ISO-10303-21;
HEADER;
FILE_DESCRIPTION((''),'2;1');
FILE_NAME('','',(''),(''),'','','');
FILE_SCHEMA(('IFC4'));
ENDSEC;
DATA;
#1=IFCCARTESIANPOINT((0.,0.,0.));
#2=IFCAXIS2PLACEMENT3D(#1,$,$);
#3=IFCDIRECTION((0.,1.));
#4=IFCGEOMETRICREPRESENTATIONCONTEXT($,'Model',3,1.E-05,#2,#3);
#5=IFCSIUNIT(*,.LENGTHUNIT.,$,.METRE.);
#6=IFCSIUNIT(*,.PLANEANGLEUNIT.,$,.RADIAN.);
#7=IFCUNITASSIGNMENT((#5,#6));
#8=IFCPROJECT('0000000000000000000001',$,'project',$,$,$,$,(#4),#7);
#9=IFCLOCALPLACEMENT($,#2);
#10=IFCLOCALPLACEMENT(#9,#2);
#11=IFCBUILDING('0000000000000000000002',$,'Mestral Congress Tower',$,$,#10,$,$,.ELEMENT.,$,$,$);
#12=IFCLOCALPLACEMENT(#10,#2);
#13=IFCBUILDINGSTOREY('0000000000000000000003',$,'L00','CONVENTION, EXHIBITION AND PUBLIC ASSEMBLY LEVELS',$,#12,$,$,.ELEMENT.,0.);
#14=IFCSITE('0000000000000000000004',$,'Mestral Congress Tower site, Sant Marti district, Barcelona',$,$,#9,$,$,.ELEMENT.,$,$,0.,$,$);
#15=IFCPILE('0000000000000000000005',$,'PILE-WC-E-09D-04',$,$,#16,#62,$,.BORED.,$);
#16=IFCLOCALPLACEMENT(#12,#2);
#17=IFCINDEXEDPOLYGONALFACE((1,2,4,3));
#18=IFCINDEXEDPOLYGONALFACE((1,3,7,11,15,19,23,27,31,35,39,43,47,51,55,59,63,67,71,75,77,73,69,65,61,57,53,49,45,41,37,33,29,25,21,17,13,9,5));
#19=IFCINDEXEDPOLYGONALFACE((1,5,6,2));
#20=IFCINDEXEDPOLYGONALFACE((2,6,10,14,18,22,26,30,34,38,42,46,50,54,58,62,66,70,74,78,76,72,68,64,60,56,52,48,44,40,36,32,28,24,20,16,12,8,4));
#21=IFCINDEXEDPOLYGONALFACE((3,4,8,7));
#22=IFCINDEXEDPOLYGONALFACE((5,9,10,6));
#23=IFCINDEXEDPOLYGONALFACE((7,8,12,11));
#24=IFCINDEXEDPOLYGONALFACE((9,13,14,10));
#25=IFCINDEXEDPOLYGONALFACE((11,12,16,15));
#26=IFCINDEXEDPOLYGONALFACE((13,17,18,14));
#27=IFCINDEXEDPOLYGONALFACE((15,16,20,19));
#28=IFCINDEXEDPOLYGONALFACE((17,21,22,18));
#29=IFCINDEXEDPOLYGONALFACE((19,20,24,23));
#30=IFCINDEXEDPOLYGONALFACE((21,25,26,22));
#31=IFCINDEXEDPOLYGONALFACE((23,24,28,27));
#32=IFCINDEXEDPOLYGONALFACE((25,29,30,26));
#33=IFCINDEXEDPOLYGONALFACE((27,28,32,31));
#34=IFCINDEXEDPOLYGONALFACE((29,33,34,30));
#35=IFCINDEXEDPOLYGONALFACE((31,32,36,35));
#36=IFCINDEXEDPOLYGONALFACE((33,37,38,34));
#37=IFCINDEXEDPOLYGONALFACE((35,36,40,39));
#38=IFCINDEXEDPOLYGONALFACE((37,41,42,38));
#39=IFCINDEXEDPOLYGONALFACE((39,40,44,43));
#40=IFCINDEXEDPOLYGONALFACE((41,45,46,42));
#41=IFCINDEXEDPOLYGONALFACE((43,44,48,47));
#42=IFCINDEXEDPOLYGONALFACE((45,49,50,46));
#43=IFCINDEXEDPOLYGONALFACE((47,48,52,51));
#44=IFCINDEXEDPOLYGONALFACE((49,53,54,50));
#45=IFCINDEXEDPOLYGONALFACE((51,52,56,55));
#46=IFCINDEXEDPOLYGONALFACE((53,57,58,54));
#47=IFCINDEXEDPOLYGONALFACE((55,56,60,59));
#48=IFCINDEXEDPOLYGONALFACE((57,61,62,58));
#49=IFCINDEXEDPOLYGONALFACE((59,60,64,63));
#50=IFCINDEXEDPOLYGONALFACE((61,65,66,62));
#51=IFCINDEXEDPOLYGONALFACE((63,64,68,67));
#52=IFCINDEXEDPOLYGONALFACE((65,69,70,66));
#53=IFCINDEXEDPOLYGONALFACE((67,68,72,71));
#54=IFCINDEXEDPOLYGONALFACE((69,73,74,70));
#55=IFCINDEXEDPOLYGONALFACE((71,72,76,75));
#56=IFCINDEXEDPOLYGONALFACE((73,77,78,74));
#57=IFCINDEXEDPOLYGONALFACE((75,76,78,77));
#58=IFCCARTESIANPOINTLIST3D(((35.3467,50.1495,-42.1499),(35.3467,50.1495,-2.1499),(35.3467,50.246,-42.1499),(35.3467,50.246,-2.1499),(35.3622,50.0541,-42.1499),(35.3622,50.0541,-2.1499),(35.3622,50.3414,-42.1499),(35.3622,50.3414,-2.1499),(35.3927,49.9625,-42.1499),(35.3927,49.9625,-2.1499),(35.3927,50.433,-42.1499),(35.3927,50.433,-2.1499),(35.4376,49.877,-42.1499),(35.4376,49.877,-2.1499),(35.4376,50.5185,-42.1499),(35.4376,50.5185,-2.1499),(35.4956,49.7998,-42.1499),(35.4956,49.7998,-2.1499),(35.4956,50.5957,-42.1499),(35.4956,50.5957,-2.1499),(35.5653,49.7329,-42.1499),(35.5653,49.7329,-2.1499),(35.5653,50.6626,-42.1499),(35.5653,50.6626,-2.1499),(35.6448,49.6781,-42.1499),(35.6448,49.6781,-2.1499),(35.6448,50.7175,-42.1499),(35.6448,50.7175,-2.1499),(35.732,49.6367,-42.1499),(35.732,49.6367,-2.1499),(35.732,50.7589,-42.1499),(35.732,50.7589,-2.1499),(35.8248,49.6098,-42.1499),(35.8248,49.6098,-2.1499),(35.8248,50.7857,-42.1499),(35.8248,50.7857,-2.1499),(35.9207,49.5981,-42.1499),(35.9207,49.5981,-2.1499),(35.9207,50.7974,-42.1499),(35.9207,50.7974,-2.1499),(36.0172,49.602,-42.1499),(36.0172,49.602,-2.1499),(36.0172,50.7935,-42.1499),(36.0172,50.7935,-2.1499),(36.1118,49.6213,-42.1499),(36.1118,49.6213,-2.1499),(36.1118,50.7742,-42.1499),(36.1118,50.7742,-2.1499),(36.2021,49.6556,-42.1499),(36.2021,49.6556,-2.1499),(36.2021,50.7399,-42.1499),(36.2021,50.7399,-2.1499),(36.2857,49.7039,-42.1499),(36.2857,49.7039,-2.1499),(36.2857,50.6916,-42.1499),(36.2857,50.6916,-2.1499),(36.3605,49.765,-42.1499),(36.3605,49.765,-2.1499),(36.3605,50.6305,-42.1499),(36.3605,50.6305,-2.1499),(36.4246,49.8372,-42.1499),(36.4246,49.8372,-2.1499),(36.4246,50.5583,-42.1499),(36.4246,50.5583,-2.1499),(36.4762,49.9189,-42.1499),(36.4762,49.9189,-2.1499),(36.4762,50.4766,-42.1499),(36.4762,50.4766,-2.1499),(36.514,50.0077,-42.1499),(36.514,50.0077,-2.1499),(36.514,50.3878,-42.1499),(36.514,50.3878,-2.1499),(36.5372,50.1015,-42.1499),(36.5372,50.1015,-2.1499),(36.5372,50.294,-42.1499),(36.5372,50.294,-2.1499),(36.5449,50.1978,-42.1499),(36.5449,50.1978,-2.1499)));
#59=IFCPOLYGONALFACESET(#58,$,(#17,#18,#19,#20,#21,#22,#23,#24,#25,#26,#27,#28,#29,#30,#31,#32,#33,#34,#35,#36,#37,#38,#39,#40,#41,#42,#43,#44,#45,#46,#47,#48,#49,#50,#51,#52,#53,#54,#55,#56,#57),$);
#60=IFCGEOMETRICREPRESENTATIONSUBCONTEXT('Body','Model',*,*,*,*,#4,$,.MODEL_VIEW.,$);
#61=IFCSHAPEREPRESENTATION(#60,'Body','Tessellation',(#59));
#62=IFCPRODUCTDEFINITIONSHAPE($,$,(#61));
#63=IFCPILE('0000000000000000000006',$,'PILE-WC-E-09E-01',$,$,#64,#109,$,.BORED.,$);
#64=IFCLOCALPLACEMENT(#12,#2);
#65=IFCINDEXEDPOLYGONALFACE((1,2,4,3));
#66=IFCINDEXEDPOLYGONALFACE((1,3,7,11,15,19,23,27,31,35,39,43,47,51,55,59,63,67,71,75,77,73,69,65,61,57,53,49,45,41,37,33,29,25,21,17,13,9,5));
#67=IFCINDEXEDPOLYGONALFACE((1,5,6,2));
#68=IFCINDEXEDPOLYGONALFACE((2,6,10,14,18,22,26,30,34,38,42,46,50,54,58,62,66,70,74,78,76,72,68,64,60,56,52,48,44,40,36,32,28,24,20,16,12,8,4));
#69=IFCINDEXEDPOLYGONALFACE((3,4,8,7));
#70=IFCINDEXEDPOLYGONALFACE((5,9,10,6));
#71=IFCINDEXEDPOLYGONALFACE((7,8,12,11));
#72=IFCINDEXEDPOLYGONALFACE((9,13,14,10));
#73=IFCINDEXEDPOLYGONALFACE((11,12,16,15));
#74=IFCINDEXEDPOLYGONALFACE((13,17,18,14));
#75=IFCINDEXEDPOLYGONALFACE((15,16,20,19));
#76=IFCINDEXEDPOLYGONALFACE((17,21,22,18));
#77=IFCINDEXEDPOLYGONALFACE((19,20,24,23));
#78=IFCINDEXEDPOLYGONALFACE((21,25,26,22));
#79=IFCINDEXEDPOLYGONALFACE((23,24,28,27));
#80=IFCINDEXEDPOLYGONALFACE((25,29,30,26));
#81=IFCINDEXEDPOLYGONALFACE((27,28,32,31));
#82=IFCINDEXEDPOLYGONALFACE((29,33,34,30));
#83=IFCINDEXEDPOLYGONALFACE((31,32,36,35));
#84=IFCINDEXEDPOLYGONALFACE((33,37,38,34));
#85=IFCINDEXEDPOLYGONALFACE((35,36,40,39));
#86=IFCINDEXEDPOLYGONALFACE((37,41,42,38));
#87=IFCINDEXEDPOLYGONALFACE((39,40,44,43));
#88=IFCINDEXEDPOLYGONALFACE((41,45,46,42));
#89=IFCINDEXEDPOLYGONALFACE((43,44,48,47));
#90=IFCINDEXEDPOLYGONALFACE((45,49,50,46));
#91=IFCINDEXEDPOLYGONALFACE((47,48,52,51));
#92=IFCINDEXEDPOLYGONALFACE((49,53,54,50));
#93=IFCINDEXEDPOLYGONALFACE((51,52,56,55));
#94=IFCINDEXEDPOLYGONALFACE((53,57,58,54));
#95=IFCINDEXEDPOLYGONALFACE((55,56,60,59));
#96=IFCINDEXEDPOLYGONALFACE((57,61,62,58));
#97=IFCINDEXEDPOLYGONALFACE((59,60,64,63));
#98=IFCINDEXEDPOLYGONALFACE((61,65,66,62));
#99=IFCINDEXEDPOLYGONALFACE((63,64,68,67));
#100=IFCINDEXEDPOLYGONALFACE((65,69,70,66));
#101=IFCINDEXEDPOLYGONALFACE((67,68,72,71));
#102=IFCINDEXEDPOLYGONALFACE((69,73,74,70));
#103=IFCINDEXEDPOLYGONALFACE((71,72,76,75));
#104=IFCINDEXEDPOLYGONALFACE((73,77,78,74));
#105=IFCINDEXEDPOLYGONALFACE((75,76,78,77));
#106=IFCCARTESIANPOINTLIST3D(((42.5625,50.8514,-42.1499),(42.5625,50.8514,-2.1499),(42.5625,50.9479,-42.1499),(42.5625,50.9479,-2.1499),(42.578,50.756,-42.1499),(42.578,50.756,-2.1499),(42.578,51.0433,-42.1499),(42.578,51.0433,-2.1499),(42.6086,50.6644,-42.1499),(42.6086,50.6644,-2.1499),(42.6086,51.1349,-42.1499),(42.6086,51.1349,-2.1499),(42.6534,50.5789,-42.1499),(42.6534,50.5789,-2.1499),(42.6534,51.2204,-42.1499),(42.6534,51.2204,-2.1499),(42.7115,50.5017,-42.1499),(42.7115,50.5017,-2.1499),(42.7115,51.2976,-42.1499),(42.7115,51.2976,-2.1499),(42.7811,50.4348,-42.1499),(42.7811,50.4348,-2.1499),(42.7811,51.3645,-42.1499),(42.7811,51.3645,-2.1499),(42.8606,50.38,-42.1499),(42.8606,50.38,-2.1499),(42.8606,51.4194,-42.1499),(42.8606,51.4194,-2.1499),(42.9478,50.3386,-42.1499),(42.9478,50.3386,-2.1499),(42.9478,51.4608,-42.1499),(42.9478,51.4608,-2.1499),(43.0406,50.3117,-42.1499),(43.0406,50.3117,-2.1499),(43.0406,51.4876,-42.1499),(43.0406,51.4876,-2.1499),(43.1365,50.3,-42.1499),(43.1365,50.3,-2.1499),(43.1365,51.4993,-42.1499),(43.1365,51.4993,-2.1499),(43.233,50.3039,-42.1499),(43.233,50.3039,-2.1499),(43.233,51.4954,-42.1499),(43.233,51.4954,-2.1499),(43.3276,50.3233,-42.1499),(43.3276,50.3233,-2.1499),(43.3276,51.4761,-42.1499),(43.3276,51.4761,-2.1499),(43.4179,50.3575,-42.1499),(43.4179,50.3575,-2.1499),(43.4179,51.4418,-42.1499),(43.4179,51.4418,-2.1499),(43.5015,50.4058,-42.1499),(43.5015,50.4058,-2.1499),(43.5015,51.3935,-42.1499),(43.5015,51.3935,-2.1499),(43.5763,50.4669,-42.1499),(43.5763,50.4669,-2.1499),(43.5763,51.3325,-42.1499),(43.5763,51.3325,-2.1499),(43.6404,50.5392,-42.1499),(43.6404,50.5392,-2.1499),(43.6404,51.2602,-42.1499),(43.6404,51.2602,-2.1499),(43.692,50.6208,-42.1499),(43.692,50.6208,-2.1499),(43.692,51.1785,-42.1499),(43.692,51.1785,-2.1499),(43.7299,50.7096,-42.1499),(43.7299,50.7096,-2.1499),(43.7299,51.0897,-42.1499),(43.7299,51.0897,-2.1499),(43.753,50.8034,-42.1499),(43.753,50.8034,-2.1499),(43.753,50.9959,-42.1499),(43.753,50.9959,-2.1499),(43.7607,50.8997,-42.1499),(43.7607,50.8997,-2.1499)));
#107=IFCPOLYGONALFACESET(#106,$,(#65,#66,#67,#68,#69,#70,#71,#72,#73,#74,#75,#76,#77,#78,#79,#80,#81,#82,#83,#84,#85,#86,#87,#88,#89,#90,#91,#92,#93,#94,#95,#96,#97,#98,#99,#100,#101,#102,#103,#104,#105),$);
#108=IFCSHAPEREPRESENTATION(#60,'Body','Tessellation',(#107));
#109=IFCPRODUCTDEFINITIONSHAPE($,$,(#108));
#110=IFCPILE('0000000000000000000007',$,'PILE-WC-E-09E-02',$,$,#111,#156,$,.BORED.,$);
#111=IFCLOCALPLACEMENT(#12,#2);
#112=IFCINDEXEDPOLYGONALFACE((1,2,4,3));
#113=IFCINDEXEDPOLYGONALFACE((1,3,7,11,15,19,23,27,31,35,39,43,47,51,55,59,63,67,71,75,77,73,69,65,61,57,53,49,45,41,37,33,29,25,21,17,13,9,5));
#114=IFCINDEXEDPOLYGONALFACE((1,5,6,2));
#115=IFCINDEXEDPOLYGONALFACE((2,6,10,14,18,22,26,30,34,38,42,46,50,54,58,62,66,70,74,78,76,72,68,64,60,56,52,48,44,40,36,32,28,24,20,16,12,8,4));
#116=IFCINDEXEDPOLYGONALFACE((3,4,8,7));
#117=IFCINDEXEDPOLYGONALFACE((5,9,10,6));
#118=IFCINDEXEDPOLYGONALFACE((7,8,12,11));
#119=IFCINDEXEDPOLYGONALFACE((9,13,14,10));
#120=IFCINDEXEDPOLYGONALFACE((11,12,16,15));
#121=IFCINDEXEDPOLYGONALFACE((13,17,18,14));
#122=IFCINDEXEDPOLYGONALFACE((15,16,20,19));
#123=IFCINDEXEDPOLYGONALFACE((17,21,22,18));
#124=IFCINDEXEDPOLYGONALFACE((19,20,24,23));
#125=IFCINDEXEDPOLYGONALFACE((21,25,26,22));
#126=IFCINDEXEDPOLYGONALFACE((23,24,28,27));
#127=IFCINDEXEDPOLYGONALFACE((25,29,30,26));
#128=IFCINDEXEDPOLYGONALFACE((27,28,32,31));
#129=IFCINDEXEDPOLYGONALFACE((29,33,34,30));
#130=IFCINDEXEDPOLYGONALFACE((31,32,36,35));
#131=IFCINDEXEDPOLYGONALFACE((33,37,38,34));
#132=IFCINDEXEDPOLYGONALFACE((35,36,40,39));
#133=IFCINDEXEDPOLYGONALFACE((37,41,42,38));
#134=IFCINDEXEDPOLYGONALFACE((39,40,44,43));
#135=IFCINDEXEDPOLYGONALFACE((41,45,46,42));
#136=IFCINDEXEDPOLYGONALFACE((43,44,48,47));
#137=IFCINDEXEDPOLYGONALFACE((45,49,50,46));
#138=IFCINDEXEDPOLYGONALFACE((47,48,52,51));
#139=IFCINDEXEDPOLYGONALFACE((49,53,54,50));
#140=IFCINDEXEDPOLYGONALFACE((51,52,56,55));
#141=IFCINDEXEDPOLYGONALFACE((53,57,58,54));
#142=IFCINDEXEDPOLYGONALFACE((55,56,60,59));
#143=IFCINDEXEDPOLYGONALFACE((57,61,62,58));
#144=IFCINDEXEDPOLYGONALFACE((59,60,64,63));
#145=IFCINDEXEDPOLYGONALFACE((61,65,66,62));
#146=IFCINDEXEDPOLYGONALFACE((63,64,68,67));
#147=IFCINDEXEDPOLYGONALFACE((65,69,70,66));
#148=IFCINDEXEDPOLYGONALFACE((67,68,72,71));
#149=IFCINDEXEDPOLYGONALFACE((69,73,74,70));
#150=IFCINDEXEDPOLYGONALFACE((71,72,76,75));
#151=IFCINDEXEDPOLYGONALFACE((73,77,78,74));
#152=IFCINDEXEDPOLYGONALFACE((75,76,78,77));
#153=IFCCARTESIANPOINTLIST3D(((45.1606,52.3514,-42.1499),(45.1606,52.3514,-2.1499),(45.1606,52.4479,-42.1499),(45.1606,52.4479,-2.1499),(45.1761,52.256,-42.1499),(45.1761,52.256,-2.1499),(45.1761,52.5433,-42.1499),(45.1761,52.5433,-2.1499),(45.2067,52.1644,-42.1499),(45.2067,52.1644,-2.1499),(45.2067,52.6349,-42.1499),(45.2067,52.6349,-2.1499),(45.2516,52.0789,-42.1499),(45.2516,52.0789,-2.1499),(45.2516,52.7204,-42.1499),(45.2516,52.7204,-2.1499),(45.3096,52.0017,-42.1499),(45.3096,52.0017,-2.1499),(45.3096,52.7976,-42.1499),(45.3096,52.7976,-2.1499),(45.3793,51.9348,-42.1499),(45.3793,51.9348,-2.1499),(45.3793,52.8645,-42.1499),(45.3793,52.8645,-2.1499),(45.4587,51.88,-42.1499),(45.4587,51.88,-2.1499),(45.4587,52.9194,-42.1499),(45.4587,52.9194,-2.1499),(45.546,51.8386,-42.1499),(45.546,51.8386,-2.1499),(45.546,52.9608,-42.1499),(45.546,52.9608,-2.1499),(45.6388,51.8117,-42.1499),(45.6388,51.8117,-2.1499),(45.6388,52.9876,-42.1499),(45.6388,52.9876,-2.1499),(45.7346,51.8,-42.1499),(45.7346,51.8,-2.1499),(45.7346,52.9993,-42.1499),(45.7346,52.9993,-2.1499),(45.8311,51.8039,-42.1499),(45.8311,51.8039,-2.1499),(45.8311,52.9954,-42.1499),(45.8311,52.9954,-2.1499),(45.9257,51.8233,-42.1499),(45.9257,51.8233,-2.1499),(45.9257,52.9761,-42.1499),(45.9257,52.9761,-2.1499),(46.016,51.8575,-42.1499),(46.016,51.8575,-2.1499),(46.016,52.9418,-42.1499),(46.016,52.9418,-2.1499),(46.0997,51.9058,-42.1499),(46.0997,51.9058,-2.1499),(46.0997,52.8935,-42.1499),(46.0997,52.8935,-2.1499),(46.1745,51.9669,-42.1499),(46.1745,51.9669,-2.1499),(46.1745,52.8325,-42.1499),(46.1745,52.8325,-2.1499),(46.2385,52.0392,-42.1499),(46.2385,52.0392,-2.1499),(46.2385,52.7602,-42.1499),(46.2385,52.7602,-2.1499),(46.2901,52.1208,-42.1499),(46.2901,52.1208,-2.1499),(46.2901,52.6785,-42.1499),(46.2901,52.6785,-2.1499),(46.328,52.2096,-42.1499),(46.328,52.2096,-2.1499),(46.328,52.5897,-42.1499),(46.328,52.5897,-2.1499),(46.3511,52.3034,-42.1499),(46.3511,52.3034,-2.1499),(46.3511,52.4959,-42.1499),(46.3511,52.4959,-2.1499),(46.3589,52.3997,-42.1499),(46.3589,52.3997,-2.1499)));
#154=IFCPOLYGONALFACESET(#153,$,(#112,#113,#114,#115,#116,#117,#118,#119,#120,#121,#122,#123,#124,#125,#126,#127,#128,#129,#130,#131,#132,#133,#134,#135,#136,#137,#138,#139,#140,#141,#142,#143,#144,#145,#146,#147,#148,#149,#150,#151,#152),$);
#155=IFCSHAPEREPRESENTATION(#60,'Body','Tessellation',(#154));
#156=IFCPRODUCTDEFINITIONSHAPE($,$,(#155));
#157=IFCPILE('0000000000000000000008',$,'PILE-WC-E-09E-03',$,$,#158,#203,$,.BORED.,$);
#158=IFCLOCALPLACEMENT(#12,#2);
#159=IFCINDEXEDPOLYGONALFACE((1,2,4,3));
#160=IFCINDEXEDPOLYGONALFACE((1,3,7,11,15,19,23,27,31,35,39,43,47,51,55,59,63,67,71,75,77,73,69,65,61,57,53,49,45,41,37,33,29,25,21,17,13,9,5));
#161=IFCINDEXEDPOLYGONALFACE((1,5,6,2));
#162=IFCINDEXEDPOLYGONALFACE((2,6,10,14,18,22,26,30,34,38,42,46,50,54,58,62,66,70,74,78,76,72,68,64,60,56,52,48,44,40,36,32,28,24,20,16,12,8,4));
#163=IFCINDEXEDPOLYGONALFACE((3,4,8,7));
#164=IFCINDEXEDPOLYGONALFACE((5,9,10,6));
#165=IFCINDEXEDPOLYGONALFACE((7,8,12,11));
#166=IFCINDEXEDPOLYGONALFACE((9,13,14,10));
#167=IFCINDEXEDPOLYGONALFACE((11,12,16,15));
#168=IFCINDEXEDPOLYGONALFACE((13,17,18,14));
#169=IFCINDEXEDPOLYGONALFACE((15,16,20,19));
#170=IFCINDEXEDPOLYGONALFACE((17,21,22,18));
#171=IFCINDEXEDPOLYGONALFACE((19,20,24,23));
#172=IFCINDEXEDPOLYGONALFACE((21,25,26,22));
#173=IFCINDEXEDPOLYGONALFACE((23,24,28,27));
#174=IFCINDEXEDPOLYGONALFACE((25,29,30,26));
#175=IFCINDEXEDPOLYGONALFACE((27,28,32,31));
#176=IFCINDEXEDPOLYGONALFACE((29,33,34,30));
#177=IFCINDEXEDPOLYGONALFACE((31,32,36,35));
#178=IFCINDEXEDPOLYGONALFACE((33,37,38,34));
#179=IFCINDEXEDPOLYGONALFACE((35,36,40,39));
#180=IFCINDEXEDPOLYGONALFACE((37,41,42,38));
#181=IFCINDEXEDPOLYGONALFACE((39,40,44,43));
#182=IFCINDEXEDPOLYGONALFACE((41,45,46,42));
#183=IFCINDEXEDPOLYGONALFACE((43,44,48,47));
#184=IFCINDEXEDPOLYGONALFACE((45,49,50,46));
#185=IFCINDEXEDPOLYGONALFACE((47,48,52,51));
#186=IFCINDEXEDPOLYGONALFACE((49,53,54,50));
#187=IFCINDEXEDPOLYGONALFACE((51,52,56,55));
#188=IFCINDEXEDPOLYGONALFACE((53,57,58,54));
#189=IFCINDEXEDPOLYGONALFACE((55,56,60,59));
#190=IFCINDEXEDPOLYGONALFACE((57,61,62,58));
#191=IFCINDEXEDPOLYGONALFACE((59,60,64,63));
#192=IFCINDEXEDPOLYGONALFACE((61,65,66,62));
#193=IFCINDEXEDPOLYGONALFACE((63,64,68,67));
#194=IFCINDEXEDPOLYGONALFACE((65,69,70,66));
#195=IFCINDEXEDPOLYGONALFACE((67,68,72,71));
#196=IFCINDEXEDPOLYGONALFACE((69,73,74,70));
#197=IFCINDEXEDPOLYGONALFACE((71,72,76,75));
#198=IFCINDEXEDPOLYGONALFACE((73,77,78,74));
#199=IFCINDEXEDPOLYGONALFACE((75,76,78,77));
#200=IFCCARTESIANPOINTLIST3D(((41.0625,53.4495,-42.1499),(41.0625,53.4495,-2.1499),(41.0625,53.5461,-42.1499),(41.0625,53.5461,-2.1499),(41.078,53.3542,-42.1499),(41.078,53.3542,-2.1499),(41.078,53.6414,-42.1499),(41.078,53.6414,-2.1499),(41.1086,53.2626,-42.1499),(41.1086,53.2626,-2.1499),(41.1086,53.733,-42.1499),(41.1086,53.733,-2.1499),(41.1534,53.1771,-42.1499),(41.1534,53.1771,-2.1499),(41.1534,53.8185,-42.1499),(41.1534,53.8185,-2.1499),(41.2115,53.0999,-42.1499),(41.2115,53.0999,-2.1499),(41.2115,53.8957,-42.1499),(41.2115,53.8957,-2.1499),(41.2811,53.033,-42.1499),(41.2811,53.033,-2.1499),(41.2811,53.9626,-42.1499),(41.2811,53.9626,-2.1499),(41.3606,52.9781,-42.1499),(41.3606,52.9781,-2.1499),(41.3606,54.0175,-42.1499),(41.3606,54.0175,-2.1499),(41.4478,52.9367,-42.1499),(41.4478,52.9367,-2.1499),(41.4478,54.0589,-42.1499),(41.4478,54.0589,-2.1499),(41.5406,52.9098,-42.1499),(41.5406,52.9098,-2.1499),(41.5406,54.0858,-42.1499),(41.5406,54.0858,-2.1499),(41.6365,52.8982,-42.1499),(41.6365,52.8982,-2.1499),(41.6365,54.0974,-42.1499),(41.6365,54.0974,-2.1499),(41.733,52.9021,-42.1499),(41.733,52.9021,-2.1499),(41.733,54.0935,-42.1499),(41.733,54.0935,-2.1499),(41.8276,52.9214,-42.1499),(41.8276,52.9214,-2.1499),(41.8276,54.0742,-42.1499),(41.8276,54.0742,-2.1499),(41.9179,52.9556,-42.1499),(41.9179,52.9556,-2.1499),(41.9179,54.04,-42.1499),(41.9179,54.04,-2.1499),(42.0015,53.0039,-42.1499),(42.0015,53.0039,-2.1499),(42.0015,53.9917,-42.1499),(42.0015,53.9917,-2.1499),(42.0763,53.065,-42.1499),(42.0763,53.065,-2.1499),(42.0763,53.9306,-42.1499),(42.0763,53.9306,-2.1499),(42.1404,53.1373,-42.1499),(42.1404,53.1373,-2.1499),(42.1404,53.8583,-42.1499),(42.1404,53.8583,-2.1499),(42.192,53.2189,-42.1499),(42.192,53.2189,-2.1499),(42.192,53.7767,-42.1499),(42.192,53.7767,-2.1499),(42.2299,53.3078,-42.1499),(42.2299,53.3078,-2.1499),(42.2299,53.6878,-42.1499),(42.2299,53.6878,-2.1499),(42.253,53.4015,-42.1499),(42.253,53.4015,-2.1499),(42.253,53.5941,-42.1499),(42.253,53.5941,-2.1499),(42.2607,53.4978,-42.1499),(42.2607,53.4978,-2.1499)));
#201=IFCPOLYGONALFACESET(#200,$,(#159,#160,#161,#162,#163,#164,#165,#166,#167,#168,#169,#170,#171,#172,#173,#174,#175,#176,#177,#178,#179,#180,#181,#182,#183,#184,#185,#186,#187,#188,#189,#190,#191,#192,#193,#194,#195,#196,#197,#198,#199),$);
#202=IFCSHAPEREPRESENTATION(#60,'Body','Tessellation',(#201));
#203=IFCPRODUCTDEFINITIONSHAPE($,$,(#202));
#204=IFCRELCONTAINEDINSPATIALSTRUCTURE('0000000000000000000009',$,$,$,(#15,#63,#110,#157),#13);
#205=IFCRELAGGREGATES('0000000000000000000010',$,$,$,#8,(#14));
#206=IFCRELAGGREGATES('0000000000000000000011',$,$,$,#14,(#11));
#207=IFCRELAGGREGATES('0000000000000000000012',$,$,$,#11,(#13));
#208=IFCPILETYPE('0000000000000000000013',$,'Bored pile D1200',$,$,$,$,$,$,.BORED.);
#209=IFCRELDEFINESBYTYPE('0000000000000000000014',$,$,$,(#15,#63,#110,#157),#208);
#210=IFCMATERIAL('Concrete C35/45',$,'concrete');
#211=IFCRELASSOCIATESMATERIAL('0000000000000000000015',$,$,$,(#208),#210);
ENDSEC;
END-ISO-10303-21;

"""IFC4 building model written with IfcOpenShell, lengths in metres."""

from ifc_helpers import new_model, si_unit, direction, frame, origin, origin_2d, place, context, subcontext, project, spatial, circle, extrude, material, material_profile, profile_set, type_object, element, save


model = new_model("IFC4")

# Units and contexts
model_context = context("Model", 3, precision=1e-05, world=origin(), true_north=direction((0.0, 1.0)))
body_context = subcontext(model_context, "Body", "Model", "MODEL_VIEW")
ifc_project = project(units=[si_unit("LENGTHUNIT", "METRE"), si_unit("PLANEANGLEUNIT", "RADIAN")], contexts=[model_context])

# Site, building, storey
site_placement = place(None, origin())
site = spatial("IfcSite", under=ifc_project, at=site_placement, Name="Mestral Congress Tower site, Sant Marti district, Barcelona", CompositionType="ELEMENT", RefElevation=0.0)
building_placement = place(site_placement, origin())
building = spatial("IfcBuilding", under=site, at=building_placement, Name="Mestral Congress Tower", CompositionType="ELEMENT")
storey_placement = place(building_placement, origin())
storey = spatial("IfcBuildingStorey", under=building, at=storey_placement, Name="L00", Description="CONVENTION, EXHIBITION AND PUBLIC ASSEMBLY LEVELS", CompositionType="ELEMENT", Elevation=0.0)

# Piles
ifc_material_1 = material(Name="Concrete C35/45", Category="concrete")
ifc_material_profile_1 = material_profile(ifc_material_1, circle(Radius=0.6001, at=origin_2d()), Name="D1200")
ifc_profile_set_1 = profile_set([ifc_material_profile_1], Name="Concrete C35/45")
pile_type = type_object("IfcPileType", Name="Bored pile D1200", PredefinedType="BORED", material=ifc_profile_set_1)
for number, where, z_axis, x_axis, name in (
    (1, (35.9448, 50.1978, -2.1499), (0.0, 0.0, -1.0), (1.0, 0.0, 0.0), "PILE-WC-E-09D-04"),
    (2, (43.1606, 50.8997, -2.1499), (0.0, 0.0, -1.0), (1.0, 0.0, 0.0), "PILE-WC-E-09E-01"),
    (3, (45.7588, 52.3997, -2.1499), (0.0, 0.0, -1.0), (1.0, 0.0, 0.0), "PILE-WC-E-09E-02"),
    (4, (41.6606, 53.4978, -2.1499), (0.0, 0.0, -1.0), (1.0, 0.0, 0.0), "PILE-WC-E-09E-03"),
):
    element("IfcPile", number, at=place(storey_placement, frame(where, z_axis=z_axis, x_axis=x_axis)), inside=storey, type_object=pile_type, Name=name, PredefinedType="BORED", context=body_context, shape_type="SweptSolid", body=[
        extrude(circle(Radius=0.6001, at=origin_2d()), origin(), (0.0, 0.0, 1.0), 40.0),
    ])

save(model, "model.ifc")
